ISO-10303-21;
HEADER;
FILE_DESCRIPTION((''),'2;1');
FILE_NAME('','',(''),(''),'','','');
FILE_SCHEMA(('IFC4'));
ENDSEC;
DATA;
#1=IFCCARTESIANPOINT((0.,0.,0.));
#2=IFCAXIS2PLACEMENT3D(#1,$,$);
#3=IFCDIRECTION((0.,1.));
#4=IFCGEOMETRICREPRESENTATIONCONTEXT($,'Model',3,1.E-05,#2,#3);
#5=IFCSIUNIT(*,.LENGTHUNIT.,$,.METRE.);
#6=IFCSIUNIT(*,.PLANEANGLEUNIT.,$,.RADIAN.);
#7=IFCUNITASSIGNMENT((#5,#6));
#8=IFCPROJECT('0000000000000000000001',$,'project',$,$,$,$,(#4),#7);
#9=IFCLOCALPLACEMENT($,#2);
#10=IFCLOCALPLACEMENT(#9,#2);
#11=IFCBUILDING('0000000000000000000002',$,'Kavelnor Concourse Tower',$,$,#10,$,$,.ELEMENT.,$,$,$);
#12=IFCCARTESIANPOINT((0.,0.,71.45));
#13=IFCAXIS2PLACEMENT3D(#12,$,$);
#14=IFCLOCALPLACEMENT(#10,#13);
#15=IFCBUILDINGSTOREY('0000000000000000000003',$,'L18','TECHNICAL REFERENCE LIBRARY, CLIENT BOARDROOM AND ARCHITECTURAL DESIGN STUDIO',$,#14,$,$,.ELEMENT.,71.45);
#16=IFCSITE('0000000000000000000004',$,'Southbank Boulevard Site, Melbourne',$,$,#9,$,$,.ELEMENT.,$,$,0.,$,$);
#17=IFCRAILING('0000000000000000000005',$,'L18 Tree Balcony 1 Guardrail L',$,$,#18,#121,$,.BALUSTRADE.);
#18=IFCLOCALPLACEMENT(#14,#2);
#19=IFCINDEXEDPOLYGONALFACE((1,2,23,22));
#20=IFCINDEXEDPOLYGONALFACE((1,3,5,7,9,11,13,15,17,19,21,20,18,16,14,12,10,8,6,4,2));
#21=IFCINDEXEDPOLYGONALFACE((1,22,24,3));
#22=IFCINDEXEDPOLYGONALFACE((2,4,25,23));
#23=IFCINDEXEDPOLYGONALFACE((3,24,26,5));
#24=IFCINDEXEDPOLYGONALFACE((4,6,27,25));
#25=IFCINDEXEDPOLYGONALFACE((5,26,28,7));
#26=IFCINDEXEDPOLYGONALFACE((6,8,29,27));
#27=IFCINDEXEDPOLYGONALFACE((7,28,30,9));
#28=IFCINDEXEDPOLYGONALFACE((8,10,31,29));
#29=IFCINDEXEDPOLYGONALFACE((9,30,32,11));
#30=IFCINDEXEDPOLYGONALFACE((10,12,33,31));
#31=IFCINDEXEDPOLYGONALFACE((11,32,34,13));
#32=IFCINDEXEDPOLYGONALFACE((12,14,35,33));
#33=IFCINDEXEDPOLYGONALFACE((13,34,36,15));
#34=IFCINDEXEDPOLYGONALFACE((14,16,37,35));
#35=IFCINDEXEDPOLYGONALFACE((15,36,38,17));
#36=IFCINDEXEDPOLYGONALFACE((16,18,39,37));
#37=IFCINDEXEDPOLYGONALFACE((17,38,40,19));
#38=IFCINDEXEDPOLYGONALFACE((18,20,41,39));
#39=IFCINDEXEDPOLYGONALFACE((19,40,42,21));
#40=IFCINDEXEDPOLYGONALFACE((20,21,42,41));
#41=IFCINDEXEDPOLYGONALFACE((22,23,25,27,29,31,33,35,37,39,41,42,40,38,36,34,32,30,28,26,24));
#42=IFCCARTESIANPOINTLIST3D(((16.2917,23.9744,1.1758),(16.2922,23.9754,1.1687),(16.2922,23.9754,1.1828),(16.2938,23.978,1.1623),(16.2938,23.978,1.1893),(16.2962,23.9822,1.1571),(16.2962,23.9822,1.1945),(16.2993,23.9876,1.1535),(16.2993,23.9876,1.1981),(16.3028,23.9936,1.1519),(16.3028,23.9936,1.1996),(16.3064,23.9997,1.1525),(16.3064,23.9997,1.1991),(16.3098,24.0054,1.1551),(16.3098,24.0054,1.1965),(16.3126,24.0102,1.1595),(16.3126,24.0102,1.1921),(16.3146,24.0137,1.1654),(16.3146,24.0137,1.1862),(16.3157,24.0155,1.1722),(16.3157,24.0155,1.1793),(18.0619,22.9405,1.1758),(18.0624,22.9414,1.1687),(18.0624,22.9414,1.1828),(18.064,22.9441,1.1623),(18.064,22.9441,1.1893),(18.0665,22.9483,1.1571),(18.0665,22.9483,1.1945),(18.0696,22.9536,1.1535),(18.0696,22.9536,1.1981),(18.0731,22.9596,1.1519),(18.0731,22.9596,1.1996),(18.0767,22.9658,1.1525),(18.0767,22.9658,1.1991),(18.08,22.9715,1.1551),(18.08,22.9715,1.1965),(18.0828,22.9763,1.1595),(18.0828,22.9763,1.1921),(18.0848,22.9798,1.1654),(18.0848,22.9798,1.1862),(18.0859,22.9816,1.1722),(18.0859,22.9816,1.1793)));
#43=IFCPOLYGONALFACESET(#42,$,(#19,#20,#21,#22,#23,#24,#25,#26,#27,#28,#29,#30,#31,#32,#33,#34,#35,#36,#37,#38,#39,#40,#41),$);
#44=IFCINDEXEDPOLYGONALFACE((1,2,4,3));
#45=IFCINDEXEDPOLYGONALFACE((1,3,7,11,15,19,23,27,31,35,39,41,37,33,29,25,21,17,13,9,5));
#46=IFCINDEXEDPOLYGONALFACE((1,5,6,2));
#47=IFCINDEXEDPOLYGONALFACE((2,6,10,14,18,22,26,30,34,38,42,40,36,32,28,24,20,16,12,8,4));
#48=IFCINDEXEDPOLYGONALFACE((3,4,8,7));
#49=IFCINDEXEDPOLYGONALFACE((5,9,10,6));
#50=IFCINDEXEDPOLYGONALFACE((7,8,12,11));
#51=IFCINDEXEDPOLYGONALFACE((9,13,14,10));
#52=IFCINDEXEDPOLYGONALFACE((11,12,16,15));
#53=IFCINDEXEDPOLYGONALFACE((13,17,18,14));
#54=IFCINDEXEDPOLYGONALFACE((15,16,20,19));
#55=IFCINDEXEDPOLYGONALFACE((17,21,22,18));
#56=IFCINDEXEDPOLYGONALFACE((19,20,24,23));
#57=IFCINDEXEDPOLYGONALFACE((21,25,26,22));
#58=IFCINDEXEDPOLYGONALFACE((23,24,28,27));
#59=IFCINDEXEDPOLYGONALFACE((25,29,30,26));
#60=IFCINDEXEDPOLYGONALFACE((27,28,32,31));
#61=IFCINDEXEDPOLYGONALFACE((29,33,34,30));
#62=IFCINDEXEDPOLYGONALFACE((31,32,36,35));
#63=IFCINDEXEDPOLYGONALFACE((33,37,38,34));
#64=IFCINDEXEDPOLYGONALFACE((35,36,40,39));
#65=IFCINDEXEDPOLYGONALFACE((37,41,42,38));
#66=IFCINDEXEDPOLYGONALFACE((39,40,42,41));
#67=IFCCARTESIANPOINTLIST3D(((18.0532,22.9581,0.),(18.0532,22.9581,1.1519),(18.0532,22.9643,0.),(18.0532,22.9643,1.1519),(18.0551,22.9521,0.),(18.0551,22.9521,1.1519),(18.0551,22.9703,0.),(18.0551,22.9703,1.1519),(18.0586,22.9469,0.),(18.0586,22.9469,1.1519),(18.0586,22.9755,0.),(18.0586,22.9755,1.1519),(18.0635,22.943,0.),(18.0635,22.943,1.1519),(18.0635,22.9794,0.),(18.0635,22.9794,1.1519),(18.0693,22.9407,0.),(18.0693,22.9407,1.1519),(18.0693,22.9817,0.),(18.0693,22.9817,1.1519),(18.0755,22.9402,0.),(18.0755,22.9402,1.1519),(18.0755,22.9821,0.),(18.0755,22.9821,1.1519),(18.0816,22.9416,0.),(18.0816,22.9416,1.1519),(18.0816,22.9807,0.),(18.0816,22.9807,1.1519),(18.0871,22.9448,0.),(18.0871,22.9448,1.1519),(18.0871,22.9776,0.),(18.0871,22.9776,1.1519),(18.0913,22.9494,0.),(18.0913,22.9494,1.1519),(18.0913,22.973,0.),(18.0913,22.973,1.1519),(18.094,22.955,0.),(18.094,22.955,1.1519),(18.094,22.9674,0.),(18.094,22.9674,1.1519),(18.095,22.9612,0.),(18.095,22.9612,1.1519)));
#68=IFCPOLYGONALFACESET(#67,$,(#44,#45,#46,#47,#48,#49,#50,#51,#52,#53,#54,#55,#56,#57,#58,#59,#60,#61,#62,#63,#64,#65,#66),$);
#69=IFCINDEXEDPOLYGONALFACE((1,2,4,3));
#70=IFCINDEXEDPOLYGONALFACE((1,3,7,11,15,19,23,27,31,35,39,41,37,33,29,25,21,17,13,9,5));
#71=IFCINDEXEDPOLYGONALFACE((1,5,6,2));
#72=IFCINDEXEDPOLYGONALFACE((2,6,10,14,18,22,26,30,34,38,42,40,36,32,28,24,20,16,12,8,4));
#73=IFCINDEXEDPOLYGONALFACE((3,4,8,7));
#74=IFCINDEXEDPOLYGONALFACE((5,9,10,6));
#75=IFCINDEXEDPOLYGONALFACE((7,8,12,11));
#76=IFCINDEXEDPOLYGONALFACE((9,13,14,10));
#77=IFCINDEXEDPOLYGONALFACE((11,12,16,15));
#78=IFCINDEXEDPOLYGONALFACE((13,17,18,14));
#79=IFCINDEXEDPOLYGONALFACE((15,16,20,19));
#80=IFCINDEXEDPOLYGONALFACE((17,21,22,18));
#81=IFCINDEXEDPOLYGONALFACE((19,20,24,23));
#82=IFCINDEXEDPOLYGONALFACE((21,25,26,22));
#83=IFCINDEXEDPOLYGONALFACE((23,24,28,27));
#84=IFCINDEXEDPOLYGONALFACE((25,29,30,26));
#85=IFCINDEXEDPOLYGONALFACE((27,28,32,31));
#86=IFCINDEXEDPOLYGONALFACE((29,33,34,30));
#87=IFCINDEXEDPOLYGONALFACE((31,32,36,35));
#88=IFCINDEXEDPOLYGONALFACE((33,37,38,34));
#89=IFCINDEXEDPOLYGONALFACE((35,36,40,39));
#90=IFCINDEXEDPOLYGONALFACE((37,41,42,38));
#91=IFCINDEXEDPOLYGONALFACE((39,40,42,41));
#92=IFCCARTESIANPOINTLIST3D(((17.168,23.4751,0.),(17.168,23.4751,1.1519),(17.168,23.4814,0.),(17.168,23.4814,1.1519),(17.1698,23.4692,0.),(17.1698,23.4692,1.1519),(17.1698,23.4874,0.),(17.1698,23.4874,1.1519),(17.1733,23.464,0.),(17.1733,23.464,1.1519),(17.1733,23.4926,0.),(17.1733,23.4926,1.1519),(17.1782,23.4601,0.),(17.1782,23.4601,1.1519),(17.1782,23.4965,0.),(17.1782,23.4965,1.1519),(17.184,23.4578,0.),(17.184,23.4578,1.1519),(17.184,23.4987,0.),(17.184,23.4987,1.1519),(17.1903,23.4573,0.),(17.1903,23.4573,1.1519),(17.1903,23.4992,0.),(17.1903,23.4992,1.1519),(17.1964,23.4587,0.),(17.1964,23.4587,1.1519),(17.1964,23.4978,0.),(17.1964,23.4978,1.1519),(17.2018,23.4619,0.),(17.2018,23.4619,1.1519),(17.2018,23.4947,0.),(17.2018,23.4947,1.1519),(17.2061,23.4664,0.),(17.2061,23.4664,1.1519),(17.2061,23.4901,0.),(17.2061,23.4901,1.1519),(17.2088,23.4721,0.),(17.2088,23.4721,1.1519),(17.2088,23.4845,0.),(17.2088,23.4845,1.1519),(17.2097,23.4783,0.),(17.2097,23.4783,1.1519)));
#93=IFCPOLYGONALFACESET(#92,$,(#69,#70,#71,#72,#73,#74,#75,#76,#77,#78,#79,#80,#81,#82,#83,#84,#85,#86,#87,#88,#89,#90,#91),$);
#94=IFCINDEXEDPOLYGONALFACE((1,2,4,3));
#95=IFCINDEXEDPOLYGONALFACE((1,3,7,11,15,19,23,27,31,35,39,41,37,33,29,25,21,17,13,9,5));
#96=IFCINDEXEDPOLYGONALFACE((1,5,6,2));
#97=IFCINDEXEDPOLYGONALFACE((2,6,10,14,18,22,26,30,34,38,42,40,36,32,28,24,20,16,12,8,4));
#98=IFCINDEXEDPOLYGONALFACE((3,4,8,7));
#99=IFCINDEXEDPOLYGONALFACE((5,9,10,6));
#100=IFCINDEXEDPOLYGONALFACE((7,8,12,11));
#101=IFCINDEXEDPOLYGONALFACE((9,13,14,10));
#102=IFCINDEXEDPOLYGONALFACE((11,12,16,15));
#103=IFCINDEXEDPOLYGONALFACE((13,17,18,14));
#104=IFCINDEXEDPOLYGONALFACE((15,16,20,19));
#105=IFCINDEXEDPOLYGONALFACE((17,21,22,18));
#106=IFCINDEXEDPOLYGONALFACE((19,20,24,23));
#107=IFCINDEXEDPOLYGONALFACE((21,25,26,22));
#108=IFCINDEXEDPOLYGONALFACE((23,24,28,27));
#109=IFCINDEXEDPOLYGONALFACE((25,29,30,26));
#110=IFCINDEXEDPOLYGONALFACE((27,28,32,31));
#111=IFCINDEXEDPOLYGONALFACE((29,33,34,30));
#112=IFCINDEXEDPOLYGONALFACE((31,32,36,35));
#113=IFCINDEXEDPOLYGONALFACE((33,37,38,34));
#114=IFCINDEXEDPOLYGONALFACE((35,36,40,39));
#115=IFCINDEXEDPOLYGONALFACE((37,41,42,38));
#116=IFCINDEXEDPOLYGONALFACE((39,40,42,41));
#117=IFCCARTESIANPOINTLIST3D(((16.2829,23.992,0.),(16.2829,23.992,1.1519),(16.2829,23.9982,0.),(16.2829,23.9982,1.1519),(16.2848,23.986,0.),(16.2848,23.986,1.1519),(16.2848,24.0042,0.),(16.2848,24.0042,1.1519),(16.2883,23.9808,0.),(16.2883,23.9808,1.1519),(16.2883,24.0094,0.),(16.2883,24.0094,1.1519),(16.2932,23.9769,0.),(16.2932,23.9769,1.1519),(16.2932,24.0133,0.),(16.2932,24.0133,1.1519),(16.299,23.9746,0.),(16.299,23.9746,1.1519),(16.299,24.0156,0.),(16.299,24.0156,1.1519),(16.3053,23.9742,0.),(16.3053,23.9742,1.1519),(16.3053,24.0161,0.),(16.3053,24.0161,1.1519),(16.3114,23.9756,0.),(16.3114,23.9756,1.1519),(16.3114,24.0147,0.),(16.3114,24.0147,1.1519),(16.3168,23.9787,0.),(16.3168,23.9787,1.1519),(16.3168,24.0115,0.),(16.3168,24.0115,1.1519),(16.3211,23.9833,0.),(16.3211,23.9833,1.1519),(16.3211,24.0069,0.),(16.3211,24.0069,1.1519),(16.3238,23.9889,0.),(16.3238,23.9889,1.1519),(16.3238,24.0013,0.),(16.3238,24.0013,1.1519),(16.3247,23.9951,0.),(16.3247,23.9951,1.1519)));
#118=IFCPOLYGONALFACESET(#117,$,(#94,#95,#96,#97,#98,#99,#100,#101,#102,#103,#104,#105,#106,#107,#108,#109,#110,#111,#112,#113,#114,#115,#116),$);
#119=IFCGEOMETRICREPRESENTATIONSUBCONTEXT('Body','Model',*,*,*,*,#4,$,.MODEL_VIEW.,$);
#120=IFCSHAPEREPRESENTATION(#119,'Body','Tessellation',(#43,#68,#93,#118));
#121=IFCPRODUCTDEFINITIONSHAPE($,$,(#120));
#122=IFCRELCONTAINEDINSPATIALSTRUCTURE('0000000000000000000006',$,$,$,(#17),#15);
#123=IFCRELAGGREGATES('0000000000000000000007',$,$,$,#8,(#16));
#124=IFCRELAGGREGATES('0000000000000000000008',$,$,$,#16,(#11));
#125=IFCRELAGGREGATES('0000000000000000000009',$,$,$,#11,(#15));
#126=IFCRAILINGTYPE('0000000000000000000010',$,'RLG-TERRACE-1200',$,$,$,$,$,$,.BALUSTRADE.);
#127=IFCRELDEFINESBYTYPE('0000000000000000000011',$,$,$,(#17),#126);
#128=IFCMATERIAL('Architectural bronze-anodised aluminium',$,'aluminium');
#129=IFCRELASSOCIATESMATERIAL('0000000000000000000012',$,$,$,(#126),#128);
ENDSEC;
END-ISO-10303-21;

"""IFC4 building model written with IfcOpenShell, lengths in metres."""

from ifc_helpers import new_model, si_unit, direction, frame, origin, origin_2d, place, context, subcontext, project, spatial, circle, extrude, material, type_object, element, save


model = new_model("IFC4")

# Units and contexts
model_context = context("Model", 3, precision=1e-05, world=origin(), true_north=direction((0.0, 1.0)))
body_context = subcontext(model_context, "Body", "Model", "MODEL_VIEW")
ifc_project = project(units=[si_unit("LENGTHUNIT", "METRE"), si_unit("PLANEANGLEUNIT", "RADIAN")], contexts=[model_context])

# Site, building, storey
site_placement = place(None, origin())
site = spatial("IfcSite", under=ifc_project, at=site_placement, Name="Southbank Boulevard Site, Melbourne", CompositionType="ELEMENT", RefElevation=0.0)
building_placement = place(site_placement, origin())
building = spatial("IfcBuilding", under=site, at=building_placement, Name="Kavelnor Concourse Tower", CompositionType="ELEMENT")
storey_placement = place(building_placement, frame((0.0, 0.0, 71.45)))
storey = spatial("IfcBuildingStorey", under=building, at=storey_placement, Name="L18", Description="TECHNICAL REFERENCE LIBRARY, CLIENT BOARDROOM AND ARCHITECTURAL DESIGN STUDIO", CompositionType="ELEMENT", Elevation=71.45)

# Railing
ifc_material_1 = material(Name="Architectural bronze-anodised aluminium", Category="aluminium")
railing_type = type_object("IfcRailingType", Name="RLG-TERRACE-1200", PredefinedType="BALUSTRADE", material=ifc_material_1)
railing_1_placement = place(storey_placement, frame((18.074, 22.9612, 0.0)))
element("IfcRailing", 1, at=railing_1_placement, inside=storey, type_object=railing_type, Name="L18 Tree Balcony 1 Guardrail L", PredefinedType="BALUSTRADE", context=body_context, shape_type="SweptSolid", body=[
    extrude(circle(Radius=0.0239, at=origin_2d()), frame((0.0, 0.0, 1.1758), z_axis=(-0.863507, 0.504337, 0.0), x_axis=(-0.504337, -0.863507, 0.0)), (0.0, 0.0, 1.0), 2.05),
    extrude(circle(Radius=0.021, at=origin_2d()), origin(), (0.0, 0.0, 1.0), 1.1519),
    extrude(circle(Radius=0.021, at=origin_2d()), frame((-0.8853, 0.5171, 0.0)), (0.0, 0.0, 1.0), 1.1519),
    extrude(circle(Radius=0.021, at=origin_2d()), frame((-1.7703, 1.0339, 0.0)), (0.0, 0.0, 1.0), 1.1519),
])

save(model, "model.ifc")
